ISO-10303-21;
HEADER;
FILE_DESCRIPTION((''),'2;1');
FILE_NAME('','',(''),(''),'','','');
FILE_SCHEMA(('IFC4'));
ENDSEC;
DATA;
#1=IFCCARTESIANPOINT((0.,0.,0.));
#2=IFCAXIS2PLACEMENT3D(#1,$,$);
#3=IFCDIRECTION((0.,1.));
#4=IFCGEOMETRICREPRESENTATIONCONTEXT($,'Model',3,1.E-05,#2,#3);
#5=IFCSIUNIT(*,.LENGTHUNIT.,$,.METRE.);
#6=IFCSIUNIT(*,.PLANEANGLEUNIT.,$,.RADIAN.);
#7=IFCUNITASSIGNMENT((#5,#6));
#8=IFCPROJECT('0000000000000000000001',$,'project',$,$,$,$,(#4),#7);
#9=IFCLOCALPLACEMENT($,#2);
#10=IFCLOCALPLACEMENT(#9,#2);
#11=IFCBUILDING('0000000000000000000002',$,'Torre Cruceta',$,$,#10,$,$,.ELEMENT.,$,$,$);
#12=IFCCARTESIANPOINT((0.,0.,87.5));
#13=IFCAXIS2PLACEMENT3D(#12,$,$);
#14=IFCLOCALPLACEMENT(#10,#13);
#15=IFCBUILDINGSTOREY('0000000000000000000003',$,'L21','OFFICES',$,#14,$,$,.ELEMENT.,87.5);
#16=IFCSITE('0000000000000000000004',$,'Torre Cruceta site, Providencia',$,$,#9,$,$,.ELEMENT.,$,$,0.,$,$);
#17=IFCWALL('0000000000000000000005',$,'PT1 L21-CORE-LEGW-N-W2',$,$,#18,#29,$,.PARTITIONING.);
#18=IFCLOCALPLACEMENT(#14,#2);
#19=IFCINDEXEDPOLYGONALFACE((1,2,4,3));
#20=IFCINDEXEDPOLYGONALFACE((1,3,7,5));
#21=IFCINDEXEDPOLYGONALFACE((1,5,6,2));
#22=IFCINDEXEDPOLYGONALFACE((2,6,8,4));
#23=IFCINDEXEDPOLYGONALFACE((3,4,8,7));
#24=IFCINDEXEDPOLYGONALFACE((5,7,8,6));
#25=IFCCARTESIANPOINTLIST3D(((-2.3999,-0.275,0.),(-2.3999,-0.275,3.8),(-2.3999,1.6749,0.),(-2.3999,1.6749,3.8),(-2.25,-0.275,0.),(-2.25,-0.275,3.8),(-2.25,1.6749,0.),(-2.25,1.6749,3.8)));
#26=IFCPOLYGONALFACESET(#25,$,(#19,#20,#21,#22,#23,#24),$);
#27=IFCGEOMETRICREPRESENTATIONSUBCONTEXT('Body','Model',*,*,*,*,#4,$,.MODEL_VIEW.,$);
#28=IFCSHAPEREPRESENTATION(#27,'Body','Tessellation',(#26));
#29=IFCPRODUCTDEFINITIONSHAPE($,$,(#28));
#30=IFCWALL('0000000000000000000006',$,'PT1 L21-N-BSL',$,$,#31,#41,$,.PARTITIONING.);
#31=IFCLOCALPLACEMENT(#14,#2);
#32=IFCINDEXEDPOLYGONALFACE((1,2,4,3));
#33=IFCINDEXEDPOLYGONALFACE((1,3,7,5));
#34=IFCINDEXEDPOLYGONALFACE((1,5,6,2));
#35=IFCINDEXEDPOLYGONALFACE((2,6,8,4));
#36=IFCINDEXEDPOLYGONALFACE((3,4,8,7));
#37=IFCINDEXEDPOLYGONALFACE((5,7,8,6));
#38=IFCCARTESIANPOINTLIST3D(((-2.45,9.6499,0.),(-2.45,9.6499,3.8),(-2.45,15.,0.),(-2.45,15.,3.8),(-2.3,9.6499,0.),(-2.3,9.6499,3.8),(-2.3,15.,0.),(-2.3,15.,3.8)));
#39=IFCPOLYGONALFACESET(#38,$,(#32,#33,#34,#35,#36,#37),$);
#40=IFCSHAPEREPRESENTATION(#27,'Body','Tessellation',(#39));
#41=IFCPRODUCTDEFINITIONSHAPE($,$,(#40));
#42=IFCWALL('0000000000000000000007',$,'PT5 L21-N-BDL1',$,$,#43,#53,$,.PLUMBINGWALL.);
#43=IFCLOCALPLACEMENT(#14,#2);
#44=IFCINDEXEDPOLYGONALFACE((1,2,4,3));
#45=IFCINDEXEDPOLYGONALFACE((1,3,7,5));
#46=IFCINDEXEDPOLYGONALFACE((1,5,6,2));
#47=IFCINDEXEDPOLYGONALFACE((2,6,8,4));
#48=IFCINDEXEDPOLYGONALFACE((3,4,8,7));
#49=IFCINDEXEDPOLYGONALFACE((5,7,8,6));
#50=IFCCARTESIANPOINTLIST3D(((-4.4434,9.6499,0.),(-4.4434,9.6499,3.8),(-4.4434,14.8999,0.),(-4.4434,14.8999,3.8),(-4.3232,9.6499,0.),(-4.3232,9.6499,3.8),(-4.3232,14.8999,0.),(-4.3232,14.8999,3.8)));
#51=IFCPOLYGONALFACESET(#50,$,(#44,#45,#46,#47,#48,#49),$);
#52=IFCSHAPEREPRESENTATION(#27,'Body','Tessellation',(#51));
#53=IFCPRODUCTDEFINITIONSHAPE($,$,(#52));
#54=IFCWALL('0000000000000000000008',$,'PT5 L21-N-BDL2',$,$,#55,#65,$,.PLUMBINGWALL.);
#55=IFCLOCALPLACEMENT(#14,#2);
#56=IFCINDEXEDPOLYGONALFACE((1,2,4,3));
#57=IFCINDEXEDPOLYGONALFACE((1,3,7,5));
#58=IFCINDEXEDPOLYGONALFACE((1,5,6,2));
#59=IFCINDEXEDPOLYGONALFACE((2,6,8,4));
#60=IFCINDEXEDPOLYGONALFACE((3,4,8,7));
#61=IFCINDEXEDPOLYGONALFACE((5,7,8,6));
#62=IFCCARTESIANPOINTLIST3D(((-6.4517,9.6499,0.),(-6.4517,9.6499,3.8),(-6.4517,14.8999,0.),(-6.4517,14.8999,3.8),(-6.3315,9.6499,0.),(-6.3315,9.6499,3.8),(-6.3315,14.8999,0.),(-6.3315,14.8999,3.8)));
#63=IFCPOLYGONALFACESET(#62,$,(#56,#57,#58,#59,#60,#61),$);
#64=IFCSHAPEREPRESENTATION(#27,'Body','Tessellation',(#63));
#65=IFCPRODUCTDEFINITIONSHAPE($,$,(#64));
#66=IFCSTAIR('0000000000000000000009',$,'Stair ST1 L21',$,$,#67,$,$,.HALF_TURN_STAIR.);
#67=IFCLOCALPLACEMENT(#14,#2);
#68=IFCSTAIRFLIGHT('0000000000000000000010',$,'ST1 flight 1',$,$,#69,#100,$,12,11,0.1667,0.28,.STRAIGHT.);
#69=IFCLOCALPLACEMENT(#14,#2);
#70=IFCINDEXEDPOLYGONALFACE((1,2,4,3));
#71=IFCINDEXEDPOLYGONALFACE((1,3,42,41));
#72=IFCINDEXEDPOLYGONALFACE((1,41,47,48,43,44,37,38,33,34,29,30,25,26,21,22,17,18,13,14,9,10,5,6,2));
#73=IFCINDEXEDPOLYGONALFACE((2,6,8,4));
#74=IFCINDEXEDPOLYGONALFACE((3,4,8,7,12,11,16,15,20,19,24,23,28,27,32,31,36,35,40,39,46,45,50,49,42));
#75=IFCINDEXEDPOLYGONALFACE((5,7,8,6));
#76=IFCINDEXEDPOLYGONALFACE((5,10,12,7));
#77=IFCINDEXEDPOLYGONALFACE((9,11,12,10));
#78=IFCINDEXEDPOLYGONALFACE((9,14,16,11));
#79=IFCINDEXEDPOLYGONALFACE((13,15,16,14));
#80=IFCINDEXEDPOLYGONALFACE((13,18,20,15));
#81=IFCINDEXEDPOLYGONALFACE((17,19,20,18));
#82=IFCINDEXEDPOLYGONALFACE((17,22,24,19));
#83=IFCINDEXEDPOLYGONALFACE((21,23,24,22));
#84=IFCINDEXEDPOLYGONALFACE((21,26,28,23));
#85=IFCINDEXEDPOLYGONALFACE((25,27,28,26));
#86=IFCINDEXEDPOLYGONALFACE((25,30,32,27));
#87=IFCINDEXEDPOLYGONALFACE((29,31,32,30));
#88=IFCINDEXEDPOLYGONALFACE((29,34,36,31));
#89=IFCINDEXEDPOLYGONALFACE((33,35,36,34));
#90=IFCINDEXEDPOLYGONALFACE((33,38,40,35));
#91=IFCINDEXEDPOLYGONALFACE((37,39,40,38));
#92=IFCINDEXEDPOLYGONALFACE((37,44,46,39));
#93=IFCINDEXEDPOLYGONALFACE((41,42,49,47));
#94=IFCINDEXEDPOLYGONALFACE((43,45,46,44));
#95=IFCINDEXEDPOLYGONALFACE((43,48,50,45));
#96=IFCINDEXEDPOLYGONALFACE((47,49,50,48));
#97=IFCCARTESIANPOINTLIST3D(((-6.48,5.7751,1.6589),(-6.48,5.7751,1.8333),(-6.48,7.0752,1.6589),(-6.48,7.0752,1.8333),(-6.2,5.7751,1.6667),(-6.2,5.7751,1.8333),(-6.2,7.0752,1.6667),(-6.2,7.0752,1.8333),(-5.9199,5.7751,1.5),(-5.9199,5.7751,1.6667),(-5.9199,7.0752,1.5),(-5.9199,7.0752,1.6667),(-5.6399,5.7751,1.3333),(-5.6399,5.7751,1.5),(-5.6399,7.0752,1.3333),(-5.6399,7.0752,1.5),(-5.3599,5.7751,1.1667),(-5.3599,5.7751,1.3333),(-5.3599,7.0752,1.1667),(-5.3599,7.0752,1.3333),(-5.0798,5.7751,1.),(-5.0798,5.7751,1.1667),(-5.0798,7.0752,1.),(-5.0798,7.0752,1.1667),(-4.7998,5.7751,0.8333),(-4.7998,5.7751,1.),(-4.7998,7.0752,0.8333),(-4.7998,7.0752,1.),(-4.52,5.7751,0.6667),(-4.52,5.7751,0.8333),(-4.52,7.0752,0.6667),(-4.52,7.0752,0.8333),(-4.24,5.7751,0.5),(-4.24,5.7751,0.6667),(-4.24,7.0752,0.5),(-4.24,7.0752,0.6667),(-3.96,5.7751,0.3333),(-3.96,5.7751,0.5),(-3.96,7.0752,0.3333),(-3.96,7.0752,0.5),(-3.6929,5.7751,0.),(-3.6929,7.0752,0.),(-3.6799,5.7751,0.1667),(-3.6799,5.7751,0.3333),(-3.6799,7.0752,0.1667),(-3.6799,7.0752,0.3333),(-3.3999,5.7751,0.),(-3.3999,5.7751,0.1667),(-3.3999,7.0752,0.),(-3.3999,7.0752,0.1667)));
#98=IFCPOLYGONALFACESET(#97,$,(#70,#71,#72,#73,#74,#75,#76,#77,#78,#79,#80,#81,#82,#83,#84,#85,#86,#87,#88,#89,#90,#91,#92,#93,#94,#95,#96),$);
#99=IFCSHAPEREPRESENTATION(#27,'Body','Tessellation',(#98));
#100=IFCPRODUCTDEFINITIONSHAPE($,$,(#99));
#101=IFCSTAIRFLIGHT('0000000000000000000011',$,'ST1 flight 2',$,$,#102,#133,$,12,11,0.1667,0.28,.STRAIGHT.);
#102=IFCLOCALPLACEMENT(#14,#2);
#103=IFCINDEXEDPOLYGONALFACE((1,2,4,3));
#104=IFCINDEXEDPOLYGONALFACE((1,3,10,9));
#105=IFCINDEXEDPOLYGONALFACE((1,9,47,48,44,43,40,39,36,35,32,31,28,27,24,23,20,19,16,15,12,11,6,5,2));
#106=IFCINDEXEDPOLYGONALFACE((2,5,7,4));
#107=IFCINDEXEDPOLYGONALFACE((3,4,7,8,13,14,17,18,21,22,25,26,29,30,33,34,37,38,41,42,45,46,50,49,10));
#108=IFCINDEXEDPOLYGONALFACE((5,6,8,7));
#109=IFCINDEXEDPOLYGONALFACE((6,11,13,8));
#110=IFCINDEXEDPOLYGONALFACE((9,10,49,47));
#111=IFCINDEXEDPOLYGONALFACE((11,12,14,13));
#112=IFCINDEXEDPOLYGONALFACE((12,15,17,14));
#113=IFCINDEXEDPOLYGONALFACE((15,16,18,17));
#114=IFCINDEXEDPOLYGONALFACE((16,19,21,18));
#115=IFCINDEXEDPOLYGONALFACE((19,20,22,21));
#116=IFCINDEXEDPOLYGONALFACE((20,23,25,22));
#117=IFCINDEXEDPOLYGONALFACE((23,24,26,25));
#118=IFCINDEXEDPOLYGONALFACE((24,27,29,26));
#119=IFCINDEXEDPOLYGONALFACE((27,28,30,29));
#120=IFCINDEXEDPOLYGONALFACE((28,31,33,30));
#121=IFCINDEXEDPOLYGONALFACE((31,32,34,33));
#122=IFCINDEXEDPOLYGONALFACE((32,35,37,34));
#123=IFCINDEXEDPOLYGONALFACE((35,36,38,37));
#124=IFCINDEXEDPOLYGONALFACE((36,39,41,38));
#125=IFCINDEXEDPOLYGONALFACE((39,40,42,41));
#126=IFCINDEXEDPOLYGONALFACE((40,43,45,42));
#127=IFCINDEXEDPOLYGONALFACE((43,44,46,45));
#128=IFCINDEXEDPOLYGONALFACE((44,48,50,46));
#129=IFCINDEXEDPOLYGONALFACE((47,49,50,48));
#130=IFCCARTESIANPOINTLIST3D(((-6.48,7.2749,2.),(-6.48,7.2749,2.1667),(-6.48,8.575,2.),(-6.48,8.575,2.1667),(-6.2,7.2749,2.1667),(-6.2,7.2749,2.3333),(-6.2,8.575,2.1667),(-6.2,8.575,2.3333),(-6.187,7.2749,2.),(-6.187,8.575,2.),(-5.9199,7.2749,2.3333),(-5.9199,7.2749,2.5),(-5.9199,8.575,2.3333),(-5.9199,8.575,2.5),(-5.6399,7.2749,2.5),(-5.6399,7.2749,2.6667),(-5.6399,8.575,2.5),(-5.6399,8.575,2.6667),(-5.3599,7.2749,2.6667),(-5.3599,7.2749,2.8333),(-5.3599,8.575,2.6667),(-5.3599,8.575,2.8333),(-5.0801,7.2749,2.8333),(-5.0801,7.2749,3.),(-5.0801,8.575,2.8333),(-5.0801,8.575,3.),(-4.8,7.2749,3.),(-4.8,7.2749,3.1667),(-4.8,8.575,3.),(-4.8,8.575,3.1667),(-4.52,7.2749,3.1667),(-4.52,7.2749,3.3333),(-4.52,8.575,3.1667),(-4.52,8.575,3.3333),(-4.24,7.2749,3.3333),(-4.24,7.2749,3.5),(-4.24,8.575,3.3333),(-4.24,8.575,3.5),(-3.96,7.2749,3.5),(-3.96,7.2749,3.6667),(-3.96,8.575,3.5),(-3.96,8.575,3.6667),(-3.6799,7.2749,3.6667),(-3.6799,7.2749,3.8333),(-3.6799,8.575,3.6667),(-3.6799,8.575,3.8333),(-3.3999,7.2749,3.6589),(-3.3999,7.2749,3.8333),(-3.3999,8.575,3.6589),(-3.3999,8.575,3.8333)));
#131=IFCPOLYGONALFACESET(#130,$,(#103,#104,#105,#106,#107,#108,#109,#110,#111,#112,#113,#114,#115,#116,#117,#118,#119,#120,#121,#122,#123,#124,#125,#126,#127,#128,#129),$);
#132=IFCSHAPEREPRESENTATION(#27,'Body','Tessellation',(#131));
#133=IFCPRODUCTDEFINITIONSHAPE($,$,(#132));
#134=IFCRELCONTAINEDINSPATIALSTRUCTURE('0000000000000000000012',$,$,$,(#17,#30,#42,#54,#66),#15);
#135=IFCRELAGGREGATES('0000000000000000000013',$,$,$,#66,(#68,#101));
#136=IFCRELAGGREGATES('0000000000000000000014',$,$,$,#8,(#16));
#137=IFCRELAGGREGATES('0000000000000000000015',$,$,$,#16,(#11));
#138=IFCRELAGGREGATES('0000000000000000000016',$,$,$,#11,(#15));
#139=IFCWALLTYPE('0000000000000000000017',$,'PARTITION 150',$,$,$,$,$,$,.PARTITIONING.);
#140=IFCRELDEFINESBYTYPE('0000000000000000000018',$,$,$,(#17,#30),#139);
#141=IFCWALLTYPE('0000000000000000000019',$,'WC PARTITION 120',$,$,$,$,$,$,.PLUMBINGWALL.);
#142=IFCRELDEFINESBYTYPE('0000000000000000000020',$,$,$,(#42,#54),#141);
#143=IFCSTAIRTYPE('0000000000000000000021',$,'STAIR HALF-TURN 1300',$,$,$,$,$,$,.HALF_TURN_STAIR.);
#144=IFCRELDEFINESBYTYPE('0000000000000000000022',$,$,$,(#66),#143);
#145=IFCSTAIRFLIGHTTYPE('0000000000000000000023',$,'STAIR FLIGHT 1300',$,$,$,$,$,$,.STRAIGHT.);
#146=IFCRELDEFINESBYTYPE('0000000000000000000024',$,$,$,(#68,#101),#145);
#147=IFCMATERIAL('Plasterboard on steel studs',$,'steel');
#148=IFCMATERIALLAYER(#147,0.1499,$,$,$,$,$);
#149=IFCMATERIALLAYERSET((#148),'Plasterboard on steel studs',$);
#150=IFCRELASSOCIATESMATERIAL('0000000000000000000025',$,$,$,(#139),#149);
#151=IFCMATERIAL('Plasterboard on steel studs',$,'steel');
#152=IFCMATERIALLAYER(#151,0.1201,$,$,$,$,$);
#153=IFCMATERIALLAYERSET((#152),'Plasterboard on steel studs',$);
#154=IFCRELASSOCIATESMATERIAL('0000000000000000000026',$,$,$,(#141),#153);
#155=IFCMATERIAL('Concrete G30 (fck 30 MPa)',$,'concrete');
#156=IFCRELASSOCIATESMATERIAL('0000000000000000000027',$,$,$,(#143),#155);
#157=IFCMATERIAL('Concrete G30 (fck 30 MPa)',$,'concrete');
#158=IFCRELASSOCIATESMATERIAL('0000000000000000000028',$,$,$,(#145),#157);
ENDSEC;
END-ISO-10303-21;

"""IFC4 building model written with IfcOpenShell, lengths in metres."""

from ifc_helpers import new_model, si_unit, direction, frame, frame_2d, origin, place, context, subcontext, project, spatial, polyline, rectangle, outline, extrude, material, layer, layer_set, type_object, element, aggregate, save


model = new_model("IFC4")

# Units and contexts
model_context = context("Model", 3, precision=1e-05, world=origin(), true_north=direction((0.0, 1.0)))
body_context = subcontext(model_context, "Body", "Model", "MODEL_VIEW")
ifc_project = project(units=[si_unit("LENGTHUNIT", "METRE"), si_unit("PLANEANGLEUNIT", "RADIAN")], contexts=[model_context])

# Site, building, storey
site_placement = place(None, origin())
site = spatial("IfcSite", under=ifc_project, at=site_placement, Name="Torre Cruceta site, Providencia", CompositionType="ELEMENT", RefElevation=0.0)
building_placement = place(site_placement, origin())
building = spatial("IfcBuilding", under=site, at=building_placement, Name="Torre Cruceta", CompositionType="ELEMENT")
storey_placement = place(building_placement, frame((0.0, 0.0, 87.5)))
storey = spatial("IfcBuildingStorey", under=building, at=storey_placement, Name="L21", Description="OFFICES", CompositionType="ELEMENT", Elevation=87.5)

# Walls
ifc_material_1 = material(Name="Plasterboard on steel studs", Category="steel")
ifc_layer_1 = layer(ifc_material_1, 0.1499)
ifc_layer_set_1 = layer_set([ifc_layer_1], Name="Plasterboard on steel studs")
wall_type_1 = type_object("IfcWallType", Name="PARTITION 150", PredefinedType="PARTITIONING", material=ifc_layer_set_1)
wall_1_placement = place(storey_placement, frame((-2.325, 1.675, 0.0), z_axis=(0.0, 0.0, 1.0), x_axis=(0.0, -1.0, 0.0)))
element("IfcWall", 1, at=wall_1_placement, inside=storey, type_object=wall_type_1, Name="PT1 L21-CORE-LEGW-N-W2", PredefinedType="PARTITIONING", context=body_context, shape_type="SweptSolid", body=[
    extrude(rectangle(XDim=1.95, YDim=0.1499, at=frame_2d((0.9751, 0.0))), origin(), (0.0, 0.0, 1.0), 3.8),
])
wall_2_placement = place(storey_placement, frame((-2.375, 9.6499, 0.0), z_axis=(0.0, 0.0, 1.0), x_axis=(0.0, 1.0, 0.0)))
element("IfcWall", 2, at=wall_2_placement, inside=storey, type_object=wall_type_1, Name="PT1 L21-N-BSL", PredefinedType="PARTITIONING", context=body_context, shape_type="SweptSolid", body=[
    extrude(rectangle(XDim=5.3501, YDim=0.1499, at=frame_2d((2.675, 0.0))), origin(), (0.0, 0.0, 1.0), 3.8),
])
ifc_material_2 = material(Name="Plasterboard on steel studs", Category="steel")
ifc_layer_2 = layer(ifc_material_2, 0.1201)
ifc_layer_set_2 = layer_set([ifc_layer_2], Name="Plasterboard on steel studs")
wall_type_2 = type_object("IfcWallType", Name="WC PARTITION 120", PredefinedType="PLUMBINGWALL", material=ifc_layer_set_2)
for number, where, z_axis, x_axis, name in (
    (3, (-4.3833, 9.6499, 0.0), (0.0, 0.0, 1.0), (0.0, 1.0, 0.0), "PT5 L21-N-BDL1"),
    (4, (-6.3916, 9.6499, 0.0), (0.0, 0.0, 1.0), (0.0, 1.0, 0.0), "PT5 L21-N-BDL2"),
):
    element("IfcWall", number, at=place(storey_placement, frame(where, z_axis=z_axis, x_axis=x_axis)), inside=storey, type_object=wall_type_2, Name=name, PredefinedType="PLUMBINGWALL", context=body_context, shape_type="SweptSolid", body=[
        extrude(rectangle(XDim=5.25, YDim=0.1201, at=frame_2d((2.625, 0.0))), origin(), (0.0, 0.0, 1.0), 3.8),
    ])

# Stair, stair flights
ifc_material_3 = material(Name="Concrete G30 (fck 30 MPa)", Category="concrete")
stair_type = type_object("IfcStairType", Name="STAIR HALF-TURN 1300", PredefinedType="HALF_TURN_STAIR", material=ifc_material_3)
stair_placement = place(storey_placement, origin())
stair = element("IfcStair", 5, at=stair_placement, inside=storey, type_object=stair_type, Name="Stair ST1 L21", PredefinedType="HALF_TURN_STAIR")
ifc_material_4 = material(Name="Concrete G30 (fck 30 MPa)", Category="concrete")
stair_flight_type = type_object("IfcStairFlightType", Name="STAIR FLIGHT 1300", PredefinedType="STRAIGHT", material=ifc_material_4)
stair_flight_1_placement = place(storey_placement, frame((-3.3999, 6.425, 0.0), z_axis=(0.0, 0.0, 1.0), x_axis=(-1.0, 0.0, 0.0)))
stair_flight_1 = element("IfcStairFlight", 6, at=stair_flight_1_placement, type_object=stair_flight_type, Name="ST1 flight 1", NumberOfRisers=12, NumberOfTreads=11, PredefinedType="STRAIGHT", RiserHeight=0.1667, TreadLength=0.28, context=body_context, shape_type="SweptSolid", body=[
    extrude(outline(polyline([(0.0, 0.0), (0.0, 0.1667), (0.28, 0.1667), (0.28, 0.3333), (0.5601, 0.3333), (0.5601, 0.5), (0.8401, 0.5), (0.8401, 0.6667), (1.1201, 0.6667), (1.1201, 0.8333), (1.3999, 0.8333), (1.3999, 1.0), (1.6799, 1.0), (1.6799, 1.1667), (1.96, 1.1667), (1.96, 1.3333), (2.24, 1.3333), (2.24, 1.5), (2.52, 1.5), (2.52, 1.6667), (2.8, 1.6667), (2.8, 1.8333), (3.0801, 1.8333), (3.0801, 2.0), (3.0801, 1.6589), (0.293, 0.0), (0.0, 0.0)])), frame((0.0, 0.6499, 0.0), z_axis=(0.0, -1.0, 0.0), x_axis=(1.0, 0.0, 0.0)), (0.0, 0.0, 1.0), 1.3),
])
stair_flight_2_placement = place(storey_placement, frame((-6.48, 7.925, 2.0), z_axis=(0.0, 0.0, 1.0), x_axis=(1.0, 0.0, 0.0)))
stair_flight_2 = element("IfcStairFlight", 7, at=stair_flight_2_placement, type_object=stair_flight_type, Name="ST1 flight 2", NumberOfRisers=12, NumberOfTreads=11, PredefinedType="STRAIGHT", RiserHeight=0.1667, TreadLength=0.28, context=body_context, shape_type="SweptSolid", body=[
    extrude(outline(polyline([(0.0, 0.0), (0.0, 0.1667), (0.28, 0.1667), (0.28, 0.3333), (0.5601, 0.3333), (0.5601, 0.5), (0.8401, 0.5), (0.8401, 0.6667), (1.1201, 0.6667), (1.1201, 0.8333), (1.3999, 0.8333), (1.3999, 1.0), (1.6799, 1.0), (1.6799, 1.1667), (1.96, 1.1667), (1.96, 1.3333), (2.24, 1.3333), (2.24, 1.5), (2.52, 1.5), (2.52, 1.6667), (2.8, 1.6667), (2.8, 1.8333), (3.0801, 1.8333), (3.0801, 2.0), (3.0801, 1.6589), (0.293, 0.0), (0.0, 0.0)])), frame((0.0, 0.6499, 0.0), z_axis=(0.0, -1.0, 0.0), x_axis=(1.0, 0.0, 0.0)), (0.0, 0.0, 1.0), 1.3),
])
aggregate(stair, [stair_flight_1, stair_flight_2])

save(model, "model.ifc")
